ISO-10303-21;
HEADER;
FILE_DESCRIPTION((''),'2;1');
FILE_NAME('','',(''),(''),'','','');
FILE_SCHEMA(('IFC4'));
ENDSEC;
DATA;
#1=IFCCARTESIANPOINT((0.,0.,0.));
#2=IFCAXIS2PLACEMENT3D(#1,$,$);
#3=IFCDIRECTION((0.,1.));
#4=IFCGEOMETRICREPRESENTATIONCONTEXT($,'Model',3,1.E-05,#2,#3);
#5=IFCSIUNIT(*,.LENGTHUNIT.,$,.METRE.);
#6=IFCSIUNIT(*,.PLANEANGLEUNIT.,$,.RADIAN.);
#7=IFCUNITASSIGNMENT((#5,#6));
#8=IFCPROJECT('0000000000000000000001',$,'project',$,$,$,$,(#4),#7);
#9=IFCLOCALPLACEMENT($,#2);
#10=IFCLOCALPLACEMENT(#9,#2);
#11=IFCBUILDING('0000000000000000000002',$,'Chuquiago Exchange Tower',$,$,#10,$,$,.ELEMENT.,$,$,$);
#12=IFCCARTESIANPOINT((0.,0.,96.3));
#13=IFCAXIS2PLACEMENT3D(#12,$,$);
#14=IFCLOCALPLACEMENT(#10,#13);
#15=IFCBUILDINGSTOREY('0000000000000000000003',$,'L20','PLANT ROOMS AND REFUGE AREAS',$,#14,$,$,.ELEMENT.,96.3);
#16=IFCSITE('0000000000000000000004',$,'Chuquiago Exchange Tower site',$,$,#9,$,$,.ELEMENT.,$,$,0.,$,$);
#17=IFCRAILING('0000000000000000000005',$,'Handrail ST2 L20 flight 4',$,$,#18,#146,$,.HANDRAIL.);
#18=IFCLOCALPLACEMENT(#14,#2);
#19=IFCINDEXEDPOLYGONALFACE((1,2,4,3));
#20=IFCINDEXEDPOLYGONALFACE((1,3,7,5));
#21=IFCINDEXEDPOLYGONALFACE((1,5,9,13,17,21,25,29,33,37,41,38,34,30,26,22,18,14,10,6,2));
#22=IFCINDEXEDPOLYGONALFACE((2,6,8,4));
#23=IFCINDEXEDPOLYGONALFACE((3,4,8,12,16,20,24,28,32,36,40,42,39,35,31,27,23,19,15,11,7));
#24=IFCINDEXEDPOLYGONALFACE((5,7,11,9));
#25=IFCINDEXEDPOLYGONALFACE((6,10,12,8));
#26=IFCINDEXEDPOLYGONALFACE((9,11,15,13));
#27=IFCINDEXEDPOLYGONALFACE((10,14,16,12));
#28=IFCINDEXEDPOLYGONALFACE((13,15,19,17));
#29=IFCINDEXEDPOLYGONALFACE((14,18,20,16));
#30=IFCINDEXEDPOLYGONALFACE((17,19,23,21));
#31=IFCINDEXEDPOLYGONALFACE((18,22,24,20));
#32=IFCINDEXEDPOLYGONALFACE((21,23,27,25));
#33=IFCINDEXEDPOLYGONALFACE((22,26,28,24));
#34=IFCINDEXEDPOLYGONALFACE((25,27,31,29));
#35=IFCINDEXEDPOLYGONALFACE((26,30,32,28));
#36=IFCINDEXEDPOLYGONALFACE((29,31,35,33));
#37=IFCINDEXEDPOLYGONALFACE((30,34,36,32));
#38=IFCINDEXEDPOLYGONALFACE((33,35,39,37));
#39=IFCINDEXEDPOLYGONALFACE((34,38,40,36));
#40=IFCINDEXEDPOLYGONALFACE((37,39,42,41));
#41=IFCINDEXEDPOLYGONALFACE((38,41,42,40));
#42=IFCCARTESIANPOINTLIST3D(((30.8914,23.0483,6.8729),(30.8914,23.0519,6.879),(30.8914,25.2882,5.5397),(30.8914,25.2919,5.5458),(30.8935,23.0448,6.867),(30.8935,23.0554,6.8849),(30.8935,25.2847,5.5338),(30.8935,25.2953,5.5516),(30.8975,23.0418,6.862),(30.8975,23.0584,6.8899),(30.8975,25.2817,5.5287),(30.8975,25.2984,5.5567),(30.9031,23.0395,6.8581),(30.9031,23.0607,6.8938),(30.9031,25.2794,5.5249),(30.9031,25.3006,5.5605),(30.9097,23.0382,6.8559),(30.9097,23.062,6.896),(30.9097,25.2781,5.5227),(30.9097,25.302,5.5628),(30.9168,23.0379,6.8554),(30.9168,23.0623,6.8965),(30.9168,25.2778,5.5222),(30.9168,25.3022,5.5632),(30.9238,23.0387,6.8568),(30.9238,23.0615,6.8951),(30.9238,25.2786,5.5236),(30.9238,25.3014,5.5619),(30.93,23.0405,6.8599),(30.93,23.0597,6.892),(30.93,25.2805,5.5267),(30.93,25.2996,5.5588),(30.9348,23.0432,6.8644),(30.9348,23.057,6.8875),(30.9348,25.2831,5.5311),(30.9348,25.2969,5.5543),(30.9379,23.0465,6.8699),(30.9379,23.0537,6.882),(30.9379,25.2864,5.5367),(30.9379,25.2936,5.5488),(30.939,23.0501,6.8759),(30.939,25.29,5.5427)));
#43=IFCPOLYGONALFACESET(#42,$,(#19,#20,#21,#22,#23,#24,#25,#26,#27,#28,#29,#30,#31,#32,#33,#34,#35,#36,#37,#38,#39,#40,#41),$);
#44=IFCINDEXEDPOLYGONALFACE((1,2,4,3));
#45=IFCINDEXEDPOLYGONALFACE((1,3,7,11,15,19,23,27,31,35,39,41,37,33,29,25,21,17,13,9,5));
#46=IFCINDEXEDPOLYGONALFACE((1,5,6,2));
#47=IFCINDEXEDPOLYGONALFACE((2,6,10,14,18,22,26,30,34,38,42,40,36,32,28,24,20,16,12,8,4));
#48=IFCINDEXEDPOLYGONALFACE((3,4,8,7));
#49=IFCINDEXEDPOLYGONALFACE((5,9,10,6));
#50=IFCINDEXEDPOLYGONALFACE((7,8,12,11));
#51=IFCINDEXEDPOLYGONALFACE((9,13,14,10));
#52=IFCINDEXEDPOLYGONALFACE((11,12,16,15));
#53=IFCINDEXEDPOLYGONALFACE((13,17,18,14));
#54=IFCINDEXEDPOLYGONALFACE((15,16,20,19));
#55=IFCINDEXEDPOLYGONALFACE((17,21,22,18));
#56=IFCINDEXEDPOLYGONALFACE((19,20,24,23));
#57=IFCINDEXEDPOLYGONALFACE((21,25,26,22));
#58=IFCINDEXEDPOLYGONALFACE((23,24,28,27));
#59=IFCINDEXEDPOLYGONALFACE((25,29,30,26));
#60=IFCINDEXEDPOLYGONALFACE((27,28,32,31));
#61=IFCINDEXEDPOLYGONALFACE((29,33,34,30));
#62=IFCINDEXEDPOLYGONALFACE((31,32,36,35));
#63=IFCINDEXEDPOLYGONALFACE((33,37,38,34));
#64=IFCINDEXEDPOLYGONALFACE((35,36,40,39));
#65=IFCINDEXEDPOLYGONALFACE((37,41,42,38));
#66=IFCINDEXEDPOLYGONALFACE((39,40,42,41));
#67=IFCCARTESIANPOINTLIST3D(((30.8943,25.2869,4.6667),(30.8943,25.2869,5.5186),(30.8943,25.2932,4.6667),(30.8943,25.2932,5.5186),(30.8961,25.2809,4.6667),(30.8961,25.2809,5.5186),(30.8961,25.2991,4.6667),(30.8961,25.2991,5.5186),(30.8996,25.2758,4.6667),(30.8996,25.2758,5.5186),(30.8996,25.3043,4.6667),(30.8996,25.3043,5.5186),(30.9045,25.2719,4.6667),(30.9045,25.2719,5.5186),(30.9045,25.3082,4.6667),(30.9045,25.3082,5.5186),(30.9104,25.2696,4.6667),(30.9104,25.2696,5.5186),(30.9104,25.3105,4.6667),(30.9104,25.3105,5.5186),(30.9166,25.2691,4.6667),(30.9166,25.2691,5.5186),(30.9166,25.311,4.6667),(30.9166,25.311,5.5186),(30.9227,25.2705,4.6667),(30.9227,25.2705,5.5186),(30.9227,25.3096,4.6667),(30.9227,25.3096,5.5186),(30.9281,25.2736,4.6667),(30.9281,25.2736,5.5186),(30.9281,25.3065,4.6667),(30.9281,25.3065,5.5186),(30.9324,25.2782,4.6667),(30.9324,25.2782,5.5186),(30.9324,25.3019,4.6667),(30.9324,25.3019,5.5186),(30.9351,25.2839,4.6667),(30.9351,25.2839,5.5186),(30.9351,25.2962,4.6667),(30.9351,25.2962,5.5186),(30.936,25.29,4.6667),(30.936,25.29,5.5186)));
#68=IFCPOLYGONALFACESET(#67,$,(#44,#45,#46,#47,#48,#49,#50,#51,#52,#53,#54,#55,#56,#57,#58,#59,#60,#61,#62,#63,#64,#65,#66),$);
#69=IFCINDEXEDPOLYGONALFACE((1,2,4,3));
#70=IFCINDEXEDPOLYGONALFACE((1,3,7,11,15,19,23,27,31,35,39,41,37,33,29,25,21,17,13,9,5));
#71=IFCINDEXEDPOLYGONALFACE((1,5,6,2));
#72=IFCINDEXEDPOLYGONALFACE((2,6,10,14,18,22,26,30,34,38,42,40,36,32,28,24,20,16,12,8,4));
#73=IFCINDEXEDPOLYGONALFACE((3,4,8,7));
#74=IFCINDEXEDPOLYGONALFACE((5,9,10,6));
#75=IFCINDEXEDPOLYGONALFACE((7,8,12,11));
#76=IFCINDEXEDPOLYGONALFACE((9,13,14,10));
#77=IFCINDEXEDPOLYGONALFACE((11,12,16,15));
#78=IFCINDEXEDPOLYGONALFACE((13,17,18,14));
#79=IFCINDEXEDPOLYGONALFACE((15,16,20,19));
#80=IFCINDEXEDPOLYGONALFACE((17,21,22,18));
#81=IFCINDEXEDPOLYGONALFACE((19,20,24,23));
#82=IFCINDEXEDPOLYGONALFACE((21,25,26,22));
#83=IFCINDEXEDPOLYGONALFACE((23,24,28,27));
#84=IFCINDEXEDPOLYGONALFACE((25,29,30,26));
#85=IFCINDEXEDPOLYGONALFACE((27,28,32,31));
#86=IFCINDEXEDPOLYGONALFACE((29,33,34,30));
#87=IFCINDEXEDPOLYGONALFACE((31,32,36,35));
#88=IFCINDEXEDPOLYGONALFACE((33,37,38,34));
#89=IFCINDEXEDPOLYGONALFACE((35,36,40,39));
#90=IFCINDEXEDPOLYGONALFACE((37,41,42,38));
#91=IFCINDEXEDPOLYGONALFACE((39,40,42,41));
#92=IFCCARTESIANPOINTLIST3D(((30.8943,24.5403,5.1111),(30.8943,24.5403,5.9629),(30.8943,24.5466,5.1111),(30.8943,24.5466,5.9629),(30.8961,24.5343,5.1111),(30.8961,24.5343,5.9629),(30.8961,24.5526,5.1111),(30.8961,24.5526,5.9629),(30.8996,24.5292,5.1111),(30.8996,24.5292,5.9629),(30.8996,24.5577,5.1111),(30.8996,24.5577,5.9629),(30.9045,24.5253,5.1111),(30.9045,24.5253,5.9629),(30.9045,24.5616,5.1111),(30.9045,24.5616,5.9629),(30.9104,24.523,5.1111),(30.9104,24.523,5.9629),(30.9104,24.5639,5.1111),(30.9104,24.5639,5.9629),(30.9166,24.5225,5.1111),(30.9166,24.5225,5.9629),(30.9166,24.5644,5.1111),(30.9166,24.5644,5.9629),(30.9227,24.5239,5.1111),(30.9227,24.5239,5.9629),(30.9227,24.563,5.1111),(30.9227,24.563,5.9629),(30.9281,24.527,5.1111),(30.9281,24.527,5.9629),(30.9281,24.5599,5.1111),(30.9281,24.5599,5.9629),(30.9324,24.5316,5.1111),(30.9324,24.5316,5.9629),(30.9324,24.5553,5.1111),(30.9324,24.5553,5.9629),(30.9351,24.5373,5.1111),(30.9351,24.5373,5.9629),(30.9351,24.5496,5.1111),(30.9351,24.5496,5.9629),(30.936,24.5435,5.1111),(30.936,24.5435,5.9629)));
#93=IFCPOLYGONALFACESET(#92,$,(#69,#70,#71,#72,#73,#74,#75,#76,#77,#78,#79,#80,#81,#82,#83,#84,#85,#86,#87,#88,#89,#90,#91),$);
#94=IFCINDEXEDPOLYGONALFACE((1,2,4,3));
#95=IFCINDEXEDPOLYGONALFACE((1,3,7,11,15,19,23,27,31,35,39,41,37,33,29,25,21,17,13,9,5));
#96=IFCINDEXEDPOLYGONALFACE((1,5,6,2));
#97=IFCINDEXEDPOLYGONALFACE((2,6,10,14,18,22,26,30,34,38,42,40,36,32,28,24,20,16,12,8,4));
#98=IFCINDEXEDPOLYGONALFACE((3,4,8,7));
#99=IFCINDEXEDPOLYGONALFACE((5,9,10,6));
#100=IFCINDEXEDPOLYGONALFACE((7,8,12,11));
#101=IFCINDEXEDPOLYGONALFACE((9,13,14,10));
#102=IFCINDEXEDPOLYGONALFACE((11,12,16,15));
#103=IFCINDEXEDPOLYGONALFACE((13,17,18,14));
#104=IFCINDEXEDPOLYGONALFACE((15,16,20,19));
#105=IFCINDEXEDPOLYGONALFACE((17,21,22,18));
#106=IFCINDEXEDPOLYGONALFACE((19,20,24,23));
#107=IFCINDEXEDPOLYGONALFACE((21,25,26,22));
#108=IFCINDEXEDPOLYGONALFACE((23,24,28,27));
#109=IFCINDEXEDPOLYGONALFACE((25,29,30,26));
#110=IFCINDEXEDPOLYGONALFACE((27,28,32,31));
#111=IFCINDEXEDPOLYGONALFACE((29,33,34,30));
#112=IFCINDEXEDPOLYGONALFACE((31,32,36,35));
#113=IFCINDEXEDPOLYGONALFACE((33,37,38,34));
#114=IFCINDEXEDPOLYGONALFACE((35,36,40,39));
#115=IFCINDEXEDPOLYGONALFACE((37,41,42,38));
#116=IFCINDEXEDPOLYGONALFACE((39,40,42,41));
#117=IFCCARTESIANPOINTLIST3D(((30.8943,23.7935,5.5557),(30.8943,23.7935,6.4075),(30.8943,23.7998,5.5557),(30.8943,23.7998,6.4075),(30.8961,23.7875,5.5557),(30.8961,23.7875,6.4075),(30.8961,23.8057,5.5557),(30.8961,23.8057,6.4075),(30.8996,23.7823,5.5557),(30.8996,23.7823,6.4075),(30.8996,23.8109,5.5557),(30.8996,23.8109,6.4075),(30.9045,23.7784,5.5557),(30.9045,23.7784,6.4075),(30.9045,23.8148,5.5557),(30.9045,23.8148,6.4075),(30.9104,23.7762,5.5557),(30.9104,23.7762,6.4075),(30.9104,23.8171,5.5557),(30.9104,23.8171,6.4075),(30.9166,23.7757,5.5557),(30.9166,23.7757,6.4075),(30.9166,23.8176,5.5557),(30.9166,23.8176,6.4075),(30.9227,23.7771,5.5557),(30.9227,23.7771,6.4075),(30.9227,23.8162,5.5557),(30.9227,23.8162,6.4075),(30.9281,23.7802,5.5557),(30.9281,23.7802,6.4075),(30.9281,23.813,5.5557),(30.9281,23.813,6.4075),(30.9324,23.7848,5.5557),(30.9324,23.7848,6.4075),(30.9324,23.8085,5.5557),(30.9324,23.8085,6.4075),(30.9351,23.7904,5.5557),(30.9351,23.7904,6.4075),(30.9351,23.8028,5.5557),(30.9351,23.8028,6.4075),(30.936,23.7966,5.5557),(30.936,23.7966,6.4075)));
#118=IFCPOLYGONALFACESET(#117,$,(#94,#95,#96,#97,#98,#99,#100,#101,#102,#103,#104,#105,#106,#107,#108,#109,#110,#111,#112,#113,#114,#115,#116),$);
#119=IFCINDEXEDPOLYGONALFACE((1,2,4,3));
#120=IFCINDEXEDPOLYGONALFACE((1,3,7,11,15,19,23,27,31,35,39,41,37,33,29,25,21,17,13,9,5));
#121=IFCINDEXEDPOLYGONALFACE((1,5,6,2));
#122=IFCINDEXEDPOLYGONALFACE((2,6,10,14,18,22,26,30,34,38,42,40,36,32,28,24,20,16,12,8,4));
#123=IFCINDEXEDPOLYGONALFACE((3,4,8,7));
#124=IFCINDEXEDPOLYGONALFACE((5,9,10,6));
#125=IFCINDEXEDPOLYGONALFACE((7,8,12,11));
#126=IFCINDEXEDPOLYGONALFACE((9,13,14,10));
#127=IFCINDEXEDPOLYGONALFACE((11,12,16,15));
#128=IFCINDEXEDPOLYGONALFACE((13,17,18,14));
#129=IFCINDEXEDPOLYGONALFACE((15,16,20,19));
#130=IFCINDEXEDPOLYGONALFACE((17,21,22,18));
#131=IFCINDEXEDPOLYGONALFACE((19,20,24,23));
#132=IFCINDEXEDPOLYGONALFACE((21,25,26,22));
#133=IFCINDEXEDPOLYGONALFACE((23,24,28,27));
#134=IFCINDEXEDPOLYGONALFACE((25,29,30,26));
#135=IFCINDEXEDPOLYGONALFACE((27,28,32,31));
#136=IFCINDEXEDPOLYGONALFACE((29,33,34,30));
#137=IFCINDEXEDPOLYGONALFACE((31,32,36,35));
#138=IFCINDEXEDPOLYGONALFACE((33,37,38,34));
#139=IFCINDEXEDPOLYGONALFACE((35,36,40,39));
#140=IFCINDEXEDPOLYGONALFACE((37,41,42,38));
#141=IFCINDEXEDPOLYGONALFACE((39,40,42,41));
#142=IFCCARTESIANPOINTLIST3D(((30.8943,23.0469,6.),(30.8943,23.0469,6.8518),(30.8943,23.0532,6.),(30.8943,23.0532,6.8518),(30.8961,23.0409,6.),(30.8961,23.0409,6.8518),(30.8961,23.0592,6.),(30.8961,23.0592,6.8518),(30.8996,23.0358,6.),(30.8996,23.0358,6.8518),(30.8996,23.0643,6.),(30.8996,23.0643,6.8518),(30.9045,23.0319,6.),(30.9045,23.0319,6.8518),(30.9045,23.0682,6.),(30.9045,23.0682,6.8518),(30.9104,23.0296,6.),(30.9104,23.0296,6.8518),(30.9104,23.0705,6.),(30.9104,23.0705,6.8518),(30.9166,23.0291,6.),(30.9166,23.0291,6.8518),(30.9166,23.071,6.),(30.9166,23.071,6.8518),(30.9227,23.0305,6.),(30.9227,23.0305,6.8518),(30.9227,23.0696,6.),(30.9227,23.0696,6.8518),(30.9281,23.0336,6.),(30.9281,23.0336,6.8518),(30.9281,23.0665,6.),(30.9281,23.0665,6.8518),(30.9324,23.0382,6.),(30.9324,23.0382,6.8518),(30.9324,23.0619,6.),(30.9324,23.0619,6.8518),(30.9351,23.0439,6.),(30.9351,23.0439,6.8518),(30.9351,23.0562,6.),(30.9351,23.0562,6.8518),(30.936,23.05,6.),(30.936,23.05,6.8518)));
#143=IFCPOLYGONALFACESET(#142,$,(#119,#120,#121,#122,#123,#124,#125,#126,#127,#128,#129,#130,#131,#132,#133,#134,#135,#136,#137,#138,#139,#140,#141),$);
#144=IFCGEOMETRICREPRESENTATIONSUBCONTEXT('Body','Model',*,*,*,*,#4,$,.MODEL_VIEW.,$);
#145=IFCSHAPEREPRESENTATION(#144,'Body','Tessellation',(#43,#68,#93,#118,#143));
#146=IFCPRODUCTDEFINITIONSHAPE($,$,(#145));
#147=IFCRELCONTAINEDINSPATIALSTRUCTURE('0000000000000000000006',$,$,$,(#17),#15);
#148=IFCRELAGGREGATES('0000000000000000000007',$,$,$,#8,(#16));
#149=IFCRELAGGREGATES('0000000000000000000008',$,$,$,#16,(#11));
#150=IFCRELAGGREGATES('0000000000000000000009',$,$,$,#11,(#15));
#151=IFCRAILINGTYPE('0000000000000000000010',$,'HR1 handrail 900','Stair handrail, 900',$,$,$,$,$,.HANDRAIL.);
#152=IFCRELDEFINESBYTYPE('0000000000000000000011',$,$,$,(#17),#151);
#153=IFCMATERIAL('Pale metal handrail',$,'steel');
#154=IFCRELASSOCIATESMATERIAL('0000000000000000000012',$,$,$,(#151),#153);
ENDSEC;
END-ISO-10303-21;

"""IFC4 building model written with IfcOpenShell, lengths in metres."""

from ifc_helpers import new_model, si_unit, direction, frame, origin, origin_2d, place, context, subcontext, project, spatial, circle, extrude, material, type_object, element, save


model = new_model("IFC4")

# Units and contexts
model_context = context("Model", 3, precision=1e-05, world=origin(), true_north=direction((0.0, 1.0)))
body_context = subcontext(model_context, "Body", "Model", "MODEL_VIEW")
ifc_project = project(units=[si_unit("LENGTHUNIT", "METRE"), si_unit("PLANEANGLEUNIT", "RADIAN")], contexts=[model_context])

# Site, building, storey
site_placement = place(None, origin())
site = spatial("IfcSite", under=ifc_project, at=site_placement, Name="Chuquiago Exchange Tower site", CompositionType="ELEMENT", RefElevation=0.0)
building_placement = place(site_placement, origin())
building = spatial("IfcBuilding", under=site, at=building_placement, Name="Chuquiago Exchange Tower", CompositionType="ELEMENT")
storey_placement = place(building_placement, frame((0.0, 0.0, 96.3)))
storey = spatial("IfcBuildingStorey", under=building, at=storey_placement, Name="L20", Description="PLANT ROOMS AND REFUGE AREAS", CompositionType="ELEMENT", Elevation=96.3)

# Railing
ifc_material_1 = material(Name="Pale metal handrail", Category="steel")
railing_type_1 = type_object("IfcRailingType", Name="HR1 handrail 900", Description="Stair handrail, 900", PredefinedType="HANDRAIL", material=ifc_material_1)
for number, where, name in (
    (1, (30.915, 25.29, 4.6667), "Handrail ST2 L20 flight 4"),
):
    element("IfcRailing", number, at=place(storey_placement, frame(where)), inside=storey, type_object=railing_type_1, Name=name, PredefinedType="HANDRAIL", context=body_context, shape_type="SweptSolid", body=[
        extrude(circle(Radius=0.0239, at=origin_2d()), frame((0.0, 0.0, 0.876), z_axis=(0.0, -0.859306, 0.511462), x_axis=(1.0, 0.0, 0.0)), (0.0, 0.0, 1.0), 2.6067),
        extrude(circle(Radius=0.021, at=origin_2d()), origin(), (0.0, 0.0, 1.0), 0.8518),
        extrude(circle(Radius=0.021, at=origin_2d()), frame((0.0, -0.7466, 0.4443)), (0.0, 0.0, 1.0), 0.8518),
        extrude(circle(Radius=0.021, at=origin_2d()), frame((0.0, -1.4934, 0.8889)), (0.0, 0.0, 1.0), 0.8518),
        extrude(circle(Radius=0.021, at=origin_2d()), frame((0.0, -2.24, 1.3333)), (0.0, 0.0, 1.0), 0.8518),
    ])

save(model, "model.ifc")
